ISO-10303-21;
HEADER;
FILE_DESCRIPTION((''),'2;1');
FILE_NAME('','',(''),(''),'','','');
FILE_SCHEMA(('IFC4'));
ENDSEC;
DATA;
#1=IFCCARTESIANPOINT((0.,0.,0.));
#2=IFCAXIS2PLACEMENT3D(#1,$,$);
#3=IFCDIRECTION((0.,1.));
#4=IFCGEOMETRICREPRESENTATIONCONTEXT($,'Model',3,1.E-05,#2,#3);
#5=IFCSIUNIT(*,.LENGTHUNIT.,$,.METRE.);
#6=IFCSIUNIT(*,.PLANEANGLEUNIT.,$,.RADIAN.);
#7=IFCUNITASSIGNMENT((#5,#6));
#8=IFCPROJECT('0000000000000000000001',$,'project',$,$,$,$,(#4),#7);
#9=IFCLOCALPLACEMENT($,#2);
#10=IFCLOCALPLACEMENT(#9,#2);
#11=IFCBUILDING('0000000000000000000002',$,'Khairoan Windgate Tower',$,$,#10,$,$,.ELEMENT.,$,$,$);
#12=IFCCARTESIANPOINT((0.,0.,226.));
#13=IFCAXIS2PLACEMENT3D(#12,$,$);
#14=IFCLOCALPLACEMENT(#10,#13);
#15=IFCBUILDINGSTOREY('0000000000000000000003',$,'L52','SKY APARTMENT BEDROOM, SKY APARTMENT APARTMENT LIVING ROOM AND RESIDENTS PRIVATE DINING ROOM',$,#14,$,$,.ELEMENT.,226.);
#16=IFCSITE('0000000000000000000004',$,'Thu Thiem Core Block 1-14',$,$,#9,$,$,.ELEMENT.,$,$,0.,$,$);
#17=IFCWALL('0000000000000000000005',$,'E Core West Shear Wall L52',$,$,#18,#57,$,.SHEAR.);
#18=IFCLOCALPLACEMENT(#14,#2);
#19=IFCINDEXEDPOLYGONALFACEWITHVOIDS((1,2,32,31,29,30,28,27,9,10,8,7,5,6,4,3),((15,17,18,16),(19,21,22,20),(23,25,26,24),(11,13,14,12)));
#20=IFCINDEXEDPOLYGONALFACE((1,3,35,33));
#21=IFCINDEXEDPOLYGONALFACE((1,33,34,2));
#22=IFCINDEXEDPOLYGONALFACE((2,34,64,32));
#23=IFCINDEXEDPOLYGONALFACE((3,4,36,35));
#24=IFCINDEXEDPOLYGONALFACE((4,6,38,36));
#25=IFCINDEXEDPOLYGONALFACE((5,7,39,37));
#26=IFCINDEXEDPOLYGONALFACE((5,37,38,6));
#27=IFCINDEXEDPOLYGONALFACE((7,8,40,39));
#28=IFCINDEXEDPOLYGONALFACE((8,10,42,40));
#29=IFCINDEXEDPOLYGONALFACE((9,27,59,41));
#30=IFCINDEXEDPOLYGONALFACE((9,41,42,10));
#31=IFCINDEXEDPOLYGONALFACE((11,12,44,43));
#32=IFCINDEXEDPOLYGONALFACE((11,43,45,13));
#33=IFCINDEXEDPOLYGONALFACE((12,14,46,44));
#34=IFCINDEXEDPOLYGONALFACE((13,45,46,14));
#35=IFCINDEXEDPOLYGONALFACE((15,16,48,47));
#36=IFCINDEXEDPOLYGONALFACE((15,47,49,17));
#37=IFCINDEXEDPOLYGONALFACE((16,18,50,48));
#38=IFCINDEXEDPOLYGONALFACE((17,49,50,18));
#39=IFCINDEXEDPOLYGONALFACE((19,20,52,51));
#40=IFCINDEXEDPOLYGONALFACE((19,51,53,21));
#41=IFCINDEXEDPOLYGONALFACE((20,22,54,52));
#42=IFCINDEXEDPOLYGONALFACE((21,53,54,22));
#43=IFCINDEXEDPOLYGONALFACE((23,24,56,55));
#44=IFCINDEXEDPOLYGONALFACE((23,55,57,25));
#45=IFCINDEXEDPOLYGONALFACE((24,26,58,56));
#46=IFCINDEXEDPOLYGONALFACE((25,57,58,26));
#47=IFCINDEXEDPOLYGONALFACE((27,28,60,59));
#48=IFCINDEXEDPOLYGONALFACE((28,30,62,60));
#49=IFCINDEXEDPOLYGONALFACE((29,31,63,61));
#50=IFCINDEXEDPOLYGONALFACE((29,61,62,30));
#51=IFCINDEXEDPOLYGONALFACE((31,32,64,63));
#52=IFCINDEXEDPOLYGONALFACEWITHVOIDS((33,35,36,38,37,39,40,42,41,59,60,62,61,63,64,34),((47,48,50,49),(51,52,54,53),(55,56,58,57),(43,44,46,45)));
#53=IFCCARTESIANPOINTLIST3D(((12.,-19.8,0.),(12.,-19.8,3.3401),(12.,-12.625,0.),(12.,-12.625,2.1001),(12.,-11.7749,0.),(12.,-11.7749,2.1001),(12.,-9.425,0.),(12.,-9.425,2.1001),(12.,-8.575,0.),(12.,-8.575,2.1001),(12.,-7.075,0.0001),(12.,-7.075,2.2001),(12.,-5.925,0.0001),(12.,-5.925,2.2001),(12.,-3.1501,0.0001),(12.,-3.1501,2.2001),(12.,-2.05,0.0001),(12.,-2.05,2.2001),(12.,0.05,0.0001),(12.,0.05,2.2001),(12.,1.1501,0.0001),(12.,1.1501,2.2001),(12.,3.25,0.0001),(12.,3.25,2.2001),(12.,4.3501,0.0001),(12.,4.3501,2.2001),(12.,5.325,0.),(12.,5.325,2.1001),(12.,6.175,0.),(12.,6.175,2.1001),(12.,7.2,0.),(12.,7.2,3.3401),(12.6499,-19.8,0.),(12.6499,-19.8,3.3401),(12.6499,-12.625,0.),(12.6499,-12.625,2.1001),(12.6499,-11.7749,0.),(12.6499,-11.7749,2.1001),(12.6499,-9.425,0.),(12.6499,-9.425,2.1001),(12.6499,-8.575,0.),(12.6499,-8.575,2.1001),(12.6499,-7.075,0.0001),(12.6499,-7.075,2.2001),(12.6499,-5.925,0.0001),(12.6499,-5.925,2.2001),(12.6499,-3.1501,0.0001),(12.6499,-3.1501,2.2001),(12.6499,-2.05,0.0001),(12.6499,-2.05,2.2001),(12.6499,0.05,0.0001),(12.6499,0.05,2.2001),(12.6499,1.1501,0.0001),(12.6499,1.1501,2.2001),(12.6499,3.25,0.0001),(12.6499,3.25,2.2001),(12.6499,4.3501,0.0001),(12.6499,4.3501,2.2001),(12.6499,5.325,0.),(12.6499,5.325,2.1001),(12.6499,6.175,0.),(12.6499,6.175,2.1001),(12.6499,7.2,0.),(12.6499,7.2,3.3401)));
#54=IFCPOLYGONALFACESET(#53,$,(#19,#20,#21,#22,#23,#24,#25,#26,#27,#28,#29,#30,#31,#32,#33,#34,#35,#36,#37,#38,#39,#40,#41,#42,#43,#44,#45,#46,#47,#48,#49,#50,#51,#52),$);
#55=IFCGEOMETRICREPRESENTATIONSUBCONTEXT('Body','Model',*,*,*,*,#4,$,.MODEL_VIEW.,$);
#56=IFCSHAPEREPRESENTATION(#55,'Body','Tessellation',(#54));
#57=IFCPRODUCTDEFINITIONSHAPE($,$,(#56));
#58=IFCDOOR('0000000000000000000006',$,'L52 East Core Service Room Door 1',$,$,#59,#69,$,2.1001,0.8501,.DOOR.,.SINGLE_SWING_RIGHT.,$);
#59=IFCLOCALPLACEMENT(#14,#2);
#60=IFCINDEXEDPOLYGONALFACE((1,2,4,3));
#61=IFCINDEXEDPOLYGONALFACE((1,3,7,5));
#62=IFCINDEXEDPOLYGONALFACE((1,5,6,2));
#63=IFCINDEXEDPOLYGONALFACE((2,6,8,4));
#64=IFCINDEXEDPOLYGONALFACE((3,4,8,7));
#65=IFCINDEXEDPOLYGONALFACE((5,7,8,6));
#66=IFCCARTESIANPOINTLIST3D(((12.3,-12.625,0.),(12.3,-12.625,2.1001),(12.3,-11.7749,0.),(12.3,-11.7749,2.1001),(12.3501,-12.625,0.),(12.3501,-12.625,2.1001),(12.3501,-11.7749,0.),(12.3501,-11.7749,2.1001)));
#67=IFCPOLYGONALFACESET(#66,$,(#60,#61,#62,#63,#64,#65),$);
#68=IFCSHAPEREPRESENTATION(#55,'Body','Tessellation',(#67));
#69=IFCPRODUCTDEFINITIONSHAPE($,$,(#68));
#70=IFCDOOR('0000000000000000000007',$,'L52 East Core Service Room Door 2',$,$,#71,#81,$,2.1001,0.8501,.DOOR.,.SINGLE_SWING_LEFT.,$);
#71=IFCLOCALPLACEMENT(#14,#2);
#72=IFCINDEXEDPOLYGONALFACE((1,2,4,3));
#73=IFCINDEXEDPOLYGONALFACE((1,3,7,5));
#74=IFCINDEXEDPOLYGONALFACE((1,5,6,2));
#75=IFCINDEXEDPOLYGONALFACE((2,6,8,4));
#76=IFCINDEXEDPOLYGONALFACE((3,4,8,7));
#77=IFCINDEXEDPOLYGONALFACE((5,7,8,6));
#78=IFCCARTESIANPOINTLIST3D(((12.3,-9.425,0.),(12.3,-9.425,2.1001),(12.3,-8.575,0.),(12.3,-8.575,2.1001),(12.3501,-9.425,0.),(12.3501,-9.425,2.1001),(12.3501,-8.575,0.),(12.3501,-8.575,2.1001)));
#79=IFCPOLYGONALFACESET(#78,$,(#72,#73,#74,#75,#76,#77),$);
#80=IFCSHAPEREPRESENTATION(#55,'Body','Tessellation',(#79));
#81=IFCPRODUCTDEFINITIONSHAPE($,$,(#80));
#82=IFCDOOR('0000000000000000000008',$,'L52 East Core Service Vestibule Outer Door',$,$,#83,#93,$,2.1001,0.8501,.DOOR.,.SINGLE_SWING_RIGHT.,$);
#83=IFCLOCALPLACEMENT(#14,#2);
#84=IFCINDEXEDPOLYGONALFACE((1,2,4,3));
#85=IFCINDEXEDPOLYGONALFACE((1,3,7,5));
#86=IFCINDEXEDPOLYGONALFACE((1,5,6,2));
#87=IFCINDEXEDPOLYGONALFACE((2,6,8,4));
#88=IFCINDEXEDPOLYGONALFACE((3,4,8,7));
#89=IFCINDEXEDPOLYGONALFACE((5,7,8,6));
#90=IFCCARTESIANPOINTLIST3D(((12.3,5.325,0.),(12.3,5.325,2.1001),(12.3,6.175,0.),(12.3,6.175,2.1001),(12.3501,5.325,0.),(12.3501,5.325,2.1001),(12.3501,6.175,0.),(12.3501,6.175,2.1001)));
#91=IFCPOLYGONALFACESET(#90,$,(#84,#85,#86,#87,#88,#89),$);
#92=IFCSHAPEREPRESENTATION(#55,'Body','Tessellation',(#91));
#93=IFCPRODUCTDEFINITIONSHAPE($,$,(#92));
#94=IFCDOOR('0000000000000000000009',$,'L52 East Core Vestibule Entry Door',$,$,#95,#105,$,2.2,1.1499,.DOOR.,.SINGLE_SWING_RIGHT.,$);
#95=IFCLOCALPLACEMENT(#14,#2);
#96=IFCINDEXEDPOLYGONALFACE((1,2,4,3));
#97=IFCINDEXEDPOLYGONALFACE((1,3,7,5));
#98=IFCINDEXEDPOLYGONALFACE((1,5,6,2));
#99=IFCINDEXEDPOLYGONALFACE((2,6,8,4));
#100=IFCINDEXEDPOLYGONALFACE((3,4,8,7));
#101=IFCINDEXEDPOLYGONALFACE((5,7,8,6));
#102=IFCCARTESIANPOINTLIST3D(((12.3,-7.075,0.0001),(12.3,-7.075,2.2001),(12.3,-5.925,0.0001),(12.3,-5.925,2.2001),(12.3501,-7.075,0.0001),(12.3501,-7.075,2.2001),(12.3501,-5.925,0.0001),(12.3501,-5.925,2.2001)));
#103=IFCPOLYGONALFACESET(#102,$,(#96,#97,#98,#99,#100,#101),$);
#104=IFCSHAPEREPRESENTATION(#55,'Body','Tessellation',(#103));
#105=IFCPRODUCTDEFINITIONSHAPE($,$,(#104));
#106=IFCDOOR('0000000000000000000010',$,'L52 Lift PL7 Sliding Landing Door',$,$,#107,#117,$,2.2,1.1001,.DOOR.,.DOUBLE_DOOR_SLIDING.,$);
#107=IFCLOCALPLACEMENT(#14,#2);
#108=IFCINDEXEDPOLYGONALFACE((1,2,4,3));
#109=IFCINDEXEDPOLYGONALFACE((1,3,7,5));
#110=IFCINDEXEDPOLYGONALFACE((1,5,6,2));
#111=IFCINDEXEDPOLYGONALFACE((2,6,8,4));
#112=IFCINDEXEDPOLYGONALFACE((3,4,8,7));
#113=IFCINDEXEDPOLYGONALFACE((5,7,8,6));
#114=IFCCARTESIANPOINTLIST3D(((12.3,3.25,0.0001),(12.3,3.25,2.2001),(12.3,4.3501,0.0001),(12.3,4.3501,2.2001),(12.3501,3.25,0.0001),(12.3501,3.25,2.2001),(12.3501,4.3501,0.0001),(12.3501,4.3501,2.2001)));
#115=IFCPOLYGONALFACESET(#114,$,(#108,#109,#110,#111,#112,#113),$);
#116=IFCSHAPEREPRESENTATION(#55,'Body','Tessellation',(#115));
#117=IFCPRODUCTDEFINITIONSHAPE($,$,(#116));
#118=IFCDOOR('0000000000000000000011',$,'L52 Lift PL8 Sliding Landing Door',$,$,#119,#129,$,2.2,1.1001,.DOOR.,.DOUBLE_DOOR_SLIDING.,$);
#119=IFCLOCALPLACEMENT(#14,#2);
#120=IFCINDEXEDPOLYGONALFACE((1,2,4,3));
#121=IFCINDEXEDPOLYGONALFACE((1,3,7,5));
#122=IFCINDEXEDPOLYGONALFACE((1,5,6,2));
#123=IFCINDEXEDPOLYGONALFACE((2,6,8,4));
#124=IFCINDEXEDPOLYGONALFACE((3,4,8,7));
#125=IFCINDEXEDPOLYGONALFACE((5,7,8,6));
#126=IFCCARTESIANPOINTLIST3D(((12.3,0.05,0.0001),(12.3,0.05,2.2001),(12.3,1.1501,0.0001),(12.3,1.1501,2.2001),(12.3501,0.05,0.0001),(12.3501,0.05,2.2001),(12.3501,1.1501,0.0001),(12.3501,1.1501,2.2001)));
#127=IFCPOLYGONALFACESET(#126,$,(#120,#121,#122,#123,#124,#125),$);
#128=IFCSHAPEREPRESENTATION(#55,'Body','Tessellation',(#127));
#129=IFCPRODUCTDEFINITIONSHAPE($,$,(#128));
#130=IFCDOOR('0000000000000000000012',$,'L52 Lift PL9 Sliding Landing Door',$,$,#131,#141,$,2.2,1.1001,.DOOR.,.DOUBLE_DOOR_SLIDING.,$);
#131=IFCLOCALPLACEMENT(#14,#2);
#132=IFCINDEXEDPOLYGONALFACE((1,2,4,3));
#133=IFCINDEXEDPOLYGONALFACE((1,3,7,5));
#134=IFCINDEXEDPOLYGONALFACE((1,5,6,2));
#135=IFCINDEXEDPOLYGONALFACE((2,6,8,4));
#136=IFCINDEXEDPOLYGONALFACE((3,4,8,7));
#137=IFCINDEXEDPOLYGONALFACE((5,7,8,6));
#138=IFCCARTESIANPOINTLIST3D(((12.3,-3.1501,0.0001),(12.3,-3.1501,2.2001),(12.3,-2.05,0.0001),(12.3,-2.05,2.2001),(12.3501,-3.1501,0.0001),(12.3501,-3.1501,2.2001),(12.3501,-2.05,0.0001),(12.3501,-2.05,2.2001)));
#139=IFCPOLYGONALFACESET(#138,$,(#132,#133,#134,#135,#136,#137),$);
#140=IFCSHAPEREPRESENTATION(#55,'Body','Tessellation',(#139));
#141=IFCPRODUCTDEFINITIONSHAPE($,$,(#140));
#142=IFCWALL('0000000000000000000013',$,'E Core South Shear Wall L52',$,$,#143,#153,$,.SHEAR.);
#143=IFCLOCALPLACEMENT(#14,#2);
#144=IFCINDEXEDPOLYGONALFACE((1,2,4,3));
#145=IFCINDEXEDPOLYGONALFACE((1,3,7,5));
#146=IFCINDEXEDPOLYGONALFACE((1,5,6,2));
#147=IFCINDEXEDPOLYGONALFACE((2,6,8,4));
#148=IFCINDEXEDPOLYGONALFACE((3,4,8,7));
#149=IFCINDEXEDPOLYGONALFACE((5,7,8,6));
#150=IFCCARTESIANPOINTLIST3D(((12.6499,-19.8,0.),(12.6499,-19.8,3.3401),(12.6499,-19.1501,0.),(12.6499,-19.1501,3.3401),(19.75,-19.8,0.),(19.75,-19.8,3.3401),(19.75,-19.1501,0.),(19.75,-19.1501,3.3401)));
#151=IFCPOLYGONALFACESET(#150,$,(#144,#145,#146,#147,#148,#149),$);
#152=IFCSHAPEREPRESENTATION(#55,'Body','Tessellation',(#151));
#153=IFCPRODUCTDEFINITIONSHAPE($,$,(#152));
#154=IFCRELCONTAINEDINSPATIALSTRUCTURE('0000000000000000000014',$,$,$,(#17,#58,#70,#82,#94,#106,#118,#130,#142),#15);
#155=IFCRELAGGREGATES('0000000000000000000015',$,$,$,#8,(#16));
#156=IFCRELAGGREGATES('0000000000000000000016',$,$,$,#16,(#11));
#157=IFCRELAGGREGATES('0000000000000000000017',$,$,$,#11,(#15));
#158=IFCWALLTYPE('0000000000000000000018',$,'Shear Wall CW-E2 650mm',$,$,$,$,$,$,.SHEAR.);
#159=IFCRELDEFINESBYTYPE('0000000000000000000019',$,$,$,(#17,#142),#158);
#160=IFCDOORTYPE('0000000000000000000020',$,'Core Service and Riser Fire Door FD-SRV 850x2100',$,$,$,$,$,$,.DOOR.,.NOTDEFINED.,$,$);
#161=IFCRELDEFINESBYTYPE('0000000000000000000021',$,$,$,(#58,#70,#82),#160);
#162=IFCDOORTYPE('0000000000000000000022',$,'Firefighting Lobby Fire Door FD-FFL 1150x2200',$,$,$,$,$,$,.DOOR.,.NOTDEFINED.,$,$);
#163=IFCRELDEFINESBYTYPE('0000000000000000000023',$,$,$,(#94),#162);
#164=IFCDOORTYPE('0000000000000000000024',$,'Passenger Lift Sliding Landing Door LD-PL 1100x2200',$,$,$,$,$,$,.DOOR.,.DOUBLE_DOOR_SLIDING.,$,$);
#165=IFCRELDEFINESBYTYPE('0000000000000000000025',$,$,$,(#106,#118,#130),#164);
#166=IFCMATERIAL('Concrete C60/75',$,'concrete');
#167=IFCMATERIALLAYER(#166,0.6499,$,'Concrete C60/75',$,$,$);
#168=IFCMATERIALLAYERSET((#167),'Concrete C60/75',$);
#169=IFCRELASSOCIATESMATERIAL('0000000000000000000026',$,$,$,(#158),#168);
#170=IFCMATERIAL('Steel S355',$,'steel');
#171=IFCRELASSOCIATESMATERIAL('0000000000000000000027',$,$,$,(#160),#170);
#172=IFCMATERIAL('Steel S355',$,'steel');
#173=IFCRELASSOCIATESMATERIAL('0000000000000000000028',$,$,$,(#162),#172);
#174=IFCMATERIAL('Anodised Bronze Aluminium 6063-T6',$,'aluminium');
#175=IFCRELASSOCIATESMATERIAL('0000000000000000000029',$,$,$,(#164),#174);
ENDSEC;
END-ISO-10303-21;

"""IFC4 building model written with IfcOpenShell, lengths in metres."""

from ifc_helpers import new_model, si_unit, direction, frame, frame_2d, origin, place, context, subcontext, project, spatial, rectangle, extrude, material, layer, layer_set, type_object, element, fill, save


model = new_model("IFC4")

# Units and contexts
model_context = context("Model", 3, precision=1e-05, world=origin(), true_north=direction((0.0, 1.0)))
body_context = subcontext(model_context, "Body", "Model", "MODEL_VIEW")
ifc_project = project(units=[si_unit("LENGTHUNIT", "METRE"), si_unit("PLANEANGLEUNIT", "RADIAN")], contexts=[model_context])

# Site, building, storey
site_placement = place(None, origin())
site = spatial("IfcSite", under=ifc_project, at=site_placement, Name="Thu Thiem Core Block 1-14", CompositionType="ELEMENT", RefElevation=0.0)
building_placement = place(site_placement, origin())
building = spatial("IfcBuilding", under=site, at=building_placement, Name="Khairoan Windgate Tower", CompositionType="ELEMENT")
storey_placement = place(building_placement, frame((0.0, 0.0, 226.0)))
storey = spatial("IfcBuildingStorey", under=building, at=storey_placement, Name="L52", Description="SKY APARTMENT BEDROOM, SKY APARTMENT APARTMENT LIVING ROOM AND RESIDENTS PRIVATE DINING ROOM", CompositionType="ELEMENT", Elevation=226.0)

# Wall, openings, doors
ifc_material_1 = material(Name="Concrete C60/75", Category="concrete")
ifc_layer_1 = layer(ifc_material_1, 0.6499, Name="Concrete C60/75")
ifc_layer_set_1 = layer_set([ifc_layer_1], Name="Concrete C60/75")
wall_type_1 = type_object("IfcWallType", Name="Shear Wall CW-E2 650mm", PredefinedType="SHEAR", material=ifc_layer_set_1)
wall_1_placement = place(storey_placement, frame((12.325, -19.8, 0.0), z_axis=(0.0, 0.0, 1.0), x_axis=(0.0, 1.0, 0.0)))
wall_1 = element("IfcWall", 1, at=wall_1_placement, inside=storey, type_object=wall_type_1, Name="E Core West Shear Wall L52", PredefinedType="SHEAR", context=body_context, shape_type="SweptSolid", body=[
    extrude(rectangle(XDim=27.0, YDim=0.6499, at=frame_2d((13.5, 0.0))), origin(), (0.0, 0.0, 1.0), 3.3401),
])
opening_1_placement = place(wall_1_placement, frame((23.05, 0.0, 0.0)))
opening_1 = element("IfcOpeningElement", 2, at=opening_1_placement, cuts=wall_1, PredefinedType="OPENING", context=body_context, shape_type="SweptSolid", body=[
    extrude(rectangle(XDim=1.1001, YDim=2.2, at=frame_2d((0.55, 1.1001))), frame((0.0, 0.335, 0.0), z_axis=(0.0, -1.0, 0.0), x_axis=(1.0, 0.0, 0.0)), (0.0, 0.0, 1.0), 0.6699),
])
opening_2_placement = place(wall_1_placement, frame((19.8501, 0.0, 0.0)))
opening_2 = element("IfcOpeningElement", 3, at=opening_2_placement, cuts=wall_1, PredefinedType="OPENING", context=body_context, shape_type="SweptSolid", body=[
    extrude(rectangle(XDim=1.1001, YDim=2.2, at=frame_2d((0.55, 1.1001))), frame((0.0, 0.335, 0.0), z_axis=(0.0, -1.0, 0.0), x_axis=(1.0, 0.0, 0.0)), (0.0, 0.0, 1.0), 0.6699),
])
opening_3_placement = place(wall_1_placement, frame((16.6499, 0.0, 0.0)))
opening_3 = element("IfcOpeningElement", 4, at=opening_3_placement, cuts=wall_1, PredefinedType="OPENING", context=body_context, shape_type="SweptSolid", body=[
    extrude(rectangle(XDim=1.1001, YDim=2.2, at=frame_2d((0.55, 1.1001))), frame((0.0, 0.335, 0.0), z_axis=(0.0, -1.0, 0.0), x_axis=(1.0, 0.0, 0.0)), (0.0, 0.0, 1.0), 0.6699),
])
opening_4_placement = place(wall_1_placement, frame((7.175, 0.0, 0.0)))
opening_4 = element("IfcOpeningElement", 5, at=opening_4_placement, cuts=wall_1, PredefinedType="OPENING", context=body_context, shape_type="SweptSolid", body=[
    extrude(rectangle(XDim=0.8501, YDim=2.1001, at=frame_2d((0.425, 1.05))), frame((0.0, 0.335, 0.0), z_axis=(0.0, -1.0, 0.0), x_axis=(1.0, 0.0, 0.0)), (0.0, 0.0, 1.0), 0.6699),
])
opening_5_placement = place(wall_1_placement, frame((10.375, 0.0, 0.0)))
opening_5 = element("IfcOpeningElement", 6, at=opening_5_placement, cuts=wall_1, PredefinedType="OPENING", context=body_context, shape_type="SweptSolid", body=[
    extrude(rectangle(XDim=0.8501, YDim=2.1001, at=frame_2d((0.425, 1.05))), frame((0.0, 0.335, 0.0), z_axis=(0.0, -1.0, 0.0), x_axis=(1.0, 0.0, 0.0)), (0.0, 0.0, 1.0), 0.6699),
])
opening_6_placement = place(wall_1_placement, frame((12.7251, 0.0, 0.0)))
opening_6 = element("IfcOpeningElement", 7, at=opening_6_placement, cuts=wall_1, PredefinedType="OPENING", context=body_context, shape_type="SweptSolid", body=[
    extrude(rectangle(XDim=1.1499, YDim=2.2, at=frame_2d((0.575, 1.1001))), frame((0.0, 0.335, 0.0), z_axis=(0.0, -1.0, 0.0), x_axis=(1.0, 0.0, 0.0)), (0.0, 0.0, 1.0), 0.6699),
])
opening_7_placement = place(wall_1_placement, frame((25.125, 0.0, 0.0)))
opening_7 = element("IfcOpeningElement", 8, at=opening_7_placement, cuts=wall_1, PredefinedType="OPENING", context=body_context, shape_type="SweptSolid", body=[
    extrude(rectangle(XDim=0.8501, YDim=2.1001, at=frame_2d((0.425, 1.05))), frame((0.0, 0.335, 0.0), z_axis=(0.0, -1.0, 0.0), x_axis=(1.0, 0.0, 0.0)), (0.0, 0.0, 1.0), 0.6699),
])
ifc_material_2 = material(Name="Steel S355", Category="steel")
door_type_1 = type_object("IfcDoorType", Name="Core Service and Riser Fire Door FD-SRV 850x2100", OperationType="NOTDEFINED", PredefinedType="DOOR", material=ifc_material_2)
door_1_placement = place(opening_4_placement, origin())
door_1 = element("IfcDoor", 9, at=door_1_placement, inside=storey, type_object=door_type_1, Name="L52 East Core Service Room Door 1", OperationType="SINGLE_SWING_RIGHT", OverallHeight=2.1001, OverallWidth=0.8501, PredefinedType="DOOR", context=body_context, shape_type="SweptSolid", body=[
    extrude(rectangle(XDim=0.8501, YDim=2.1001, at=frame_2d((0.425, 1.05))), frame((0.0, 0.0249, 0.0), z_axis=(0.0, -1.0, 0.0), x_axis=(1.0, 0.0, 0.0)), (0.0, 0.0, 1.0), 0.05),
])
fill(opening_4, door_1)
door_2_placement = place(opening_5_placement, origin())
door_2 = element("IfcDoor", 10, at=door_2_placement, inside=storey, type_object=door_type_1, Name="L52 East Core Service Room Door 2", OperationType="SINGLE_SWING_LEFT", OverallHeight=2.1001, OverallWidth=0.8501, PredefinedType="DOOR", context=body_context, shape_type="SweptSolid", body=[
    extrude(rectangle(XDim=0.8501, YDim=2.1001, at=frame_2d((0.425, 1.05))), frame((0.0, 0.0249, 0.0), z_axis=(0.0, -1.0, 0.0), x_axis=(1.0, 0.0, 0.0)), (0.0, 0.0, 1.0), 0.05),
])
fill(opening_5, door_2)
door_3_placement = place(opening_7_placement, origin())
door_3 = element("IfcDoor", 11, at=door_3_placement, inside=storey, type_object=door_type_1, Name="L52 East Core Service Vestibule Outer Door", OperationType="SINGLE_SWING_RIGHT", OverallHeight=2.1001, OverallWidth=0.8501, PredefinedType="DOOR", context=body_context, shape_type="SweptSolid", body=[
    extrude(rectangle(XDim=0.8501, YDim=2.1001, at=frame_2d((0.425, 1.05))), frame((0.0, 0.0249, 0.0), z_axis=(0.0, -1.0, 0.0), x_axis=(1.0, 0.0, 0.0)), (0.0, 0.0, 1.0), 0.05),
])
fill(opening_7, door_3)
ifc_material_3 = material(Name="Steel S355", Category="steel")
door_type_2 = type_object("IfcDoorType", Name="Firefighting Lobby Fire Door FD-FFL 1150x2200", OperationType="NOTDEFINED", PredefinedType="DOOR", material=ifc_material_3)
door_4_placement = place(opening_6_placement, origin())
door_4 = element("IfcDoor", 12, at=door_4_placement, inside=storey, type_object=door_type_2, Name="L52 East Core Vestibule Entry Door", OperationType="SINGLE_SWING_RIGHT", OverallHeight=2.2, OverallWidth=1.1499, PredefinedType="DOOR", context=body_context, shape_type="SweptSolid", body=[
    extrude(rectangle(XDim=1.1499, YDim=2.2, at=frame_2d((0.575, 1.1001))), frame((0.0, 0.0249, 0.0), z_axis=(0.0, -1.0, 0.0), x_axis=(1.0, 0.0, 0.0)), (0.0, 0.0, 1.0), 0.05),
])
fill(opening_6, door_4)
ifc_material_4 = material(Name="Anodised Bronze Aluminium 6063-T6", Category="aluminium")
door_type_3 = type_object("IfcDoorType", Name="Passenger Lift Sliding Landing Door LD-PL 1100x2200", OperationType="DOUBLE_DOOR_SLIDING", PredefinedType="DOOR", material=ifc_material_4)
door_5_placement = place(opening_1_placement, origin())
door_5 = element("IfcDoor", 13, at=door_5_placement, inside=storey, type_object=door_type_3, Name="L52 Lift PL7 Sliding Landing Door", OperationType="DOUBLE_DOOR_SLIDING", OverallHeight=2.2, OverallWidth=1.1001, PredefinedType="DOOR", context=body_context, shape_type="SweptSolid", body=[
    extrude(rectangle(XDim=1.1001, YDim=2.2, at=frame_2d((0.55, 1.1001))), frame((0.0, 0.0249, 0.0), z_axis=(0.0, -1.0, 0.0), x_axis=(1.0, 0.0, 0.0)), (0.0, 0.0, 1.0), 0.05),
])
fill(opening_1, door_5)
door_6_placement = place(opening_2_placement, origin())
door_6 = element("IfcDoor", 14, at=door_6_placement, inside=storey, type_object=door_type_3, Name="L52 Lift PL8 Sliding Landing Door", OperationType="DOUBLE_DOOR_SLIDING", OverallHeight=2.2, OverallWidth=1.1001, PredefinedType="DOOR", context=body_context, shape_type="SweptSolid", body=[
    extrude(rectangle(XDim=1.1001, YDim=2.2, at=frame_2d((0.55, 1.1001))), frame((0.0, 0.0249, 0.0), z_axis=(0.0, -1.0, 0.0), x_axis=(1.0, 0.0, 0.0)), (0.0, 0.0, 1.0), 0.05),
])
fill(opening_2, door_6)
door_7_placement = place(opening_3_placement, origin())
door_7 = element("IfcDoor", 15, at=door_7_placement, inside=storey, type_object=door_type_3, Name="L52 Lift PL9 Sliding Landing Door", OperationType="DOUBLE_DOOR_SLIDING", OverallHeight=2.2, OverallWidth=1.1001, PredefinedType="DOOR", context=body_context, shape_type="SweptSolid", body=[
    extrude(rectangle(XDim=1.1001, YDim=2.2, at=frame_2d((0.55, 1.1001))), frame((0.0, 0.0249, 0.0), z_axis=(0.0, -1.0, 0.0), x_axis=(1.0, 0.0, 0.0)), (0.0, 0.0, 1.0), 0.05),
])
fill(opening_3, door_7)

# Wall
wall_2_placement = place(storey_placement, frame((12.6499, -19.4751, 0.0), z_axis=(0.0, 0.0, 1.0), x_axis=(1.0, 0.0, 0.0)))
element("IfcWall", 16, at=wall_2_placement, inside=storey, type_object=wall_type_1, Name="E Core South Shear Wall L52", PredefinedType="SHEAR", context=body_context, shape_type="SweptSolid", body=[
    extrude(rectangle(XDim=7.1001, YDim=0.6499, at=frame_2d((3.55, 0.0))), origin(), (0.0, 0.0, 1.0), 3.3401),
])

save(model, "model.ifc")
